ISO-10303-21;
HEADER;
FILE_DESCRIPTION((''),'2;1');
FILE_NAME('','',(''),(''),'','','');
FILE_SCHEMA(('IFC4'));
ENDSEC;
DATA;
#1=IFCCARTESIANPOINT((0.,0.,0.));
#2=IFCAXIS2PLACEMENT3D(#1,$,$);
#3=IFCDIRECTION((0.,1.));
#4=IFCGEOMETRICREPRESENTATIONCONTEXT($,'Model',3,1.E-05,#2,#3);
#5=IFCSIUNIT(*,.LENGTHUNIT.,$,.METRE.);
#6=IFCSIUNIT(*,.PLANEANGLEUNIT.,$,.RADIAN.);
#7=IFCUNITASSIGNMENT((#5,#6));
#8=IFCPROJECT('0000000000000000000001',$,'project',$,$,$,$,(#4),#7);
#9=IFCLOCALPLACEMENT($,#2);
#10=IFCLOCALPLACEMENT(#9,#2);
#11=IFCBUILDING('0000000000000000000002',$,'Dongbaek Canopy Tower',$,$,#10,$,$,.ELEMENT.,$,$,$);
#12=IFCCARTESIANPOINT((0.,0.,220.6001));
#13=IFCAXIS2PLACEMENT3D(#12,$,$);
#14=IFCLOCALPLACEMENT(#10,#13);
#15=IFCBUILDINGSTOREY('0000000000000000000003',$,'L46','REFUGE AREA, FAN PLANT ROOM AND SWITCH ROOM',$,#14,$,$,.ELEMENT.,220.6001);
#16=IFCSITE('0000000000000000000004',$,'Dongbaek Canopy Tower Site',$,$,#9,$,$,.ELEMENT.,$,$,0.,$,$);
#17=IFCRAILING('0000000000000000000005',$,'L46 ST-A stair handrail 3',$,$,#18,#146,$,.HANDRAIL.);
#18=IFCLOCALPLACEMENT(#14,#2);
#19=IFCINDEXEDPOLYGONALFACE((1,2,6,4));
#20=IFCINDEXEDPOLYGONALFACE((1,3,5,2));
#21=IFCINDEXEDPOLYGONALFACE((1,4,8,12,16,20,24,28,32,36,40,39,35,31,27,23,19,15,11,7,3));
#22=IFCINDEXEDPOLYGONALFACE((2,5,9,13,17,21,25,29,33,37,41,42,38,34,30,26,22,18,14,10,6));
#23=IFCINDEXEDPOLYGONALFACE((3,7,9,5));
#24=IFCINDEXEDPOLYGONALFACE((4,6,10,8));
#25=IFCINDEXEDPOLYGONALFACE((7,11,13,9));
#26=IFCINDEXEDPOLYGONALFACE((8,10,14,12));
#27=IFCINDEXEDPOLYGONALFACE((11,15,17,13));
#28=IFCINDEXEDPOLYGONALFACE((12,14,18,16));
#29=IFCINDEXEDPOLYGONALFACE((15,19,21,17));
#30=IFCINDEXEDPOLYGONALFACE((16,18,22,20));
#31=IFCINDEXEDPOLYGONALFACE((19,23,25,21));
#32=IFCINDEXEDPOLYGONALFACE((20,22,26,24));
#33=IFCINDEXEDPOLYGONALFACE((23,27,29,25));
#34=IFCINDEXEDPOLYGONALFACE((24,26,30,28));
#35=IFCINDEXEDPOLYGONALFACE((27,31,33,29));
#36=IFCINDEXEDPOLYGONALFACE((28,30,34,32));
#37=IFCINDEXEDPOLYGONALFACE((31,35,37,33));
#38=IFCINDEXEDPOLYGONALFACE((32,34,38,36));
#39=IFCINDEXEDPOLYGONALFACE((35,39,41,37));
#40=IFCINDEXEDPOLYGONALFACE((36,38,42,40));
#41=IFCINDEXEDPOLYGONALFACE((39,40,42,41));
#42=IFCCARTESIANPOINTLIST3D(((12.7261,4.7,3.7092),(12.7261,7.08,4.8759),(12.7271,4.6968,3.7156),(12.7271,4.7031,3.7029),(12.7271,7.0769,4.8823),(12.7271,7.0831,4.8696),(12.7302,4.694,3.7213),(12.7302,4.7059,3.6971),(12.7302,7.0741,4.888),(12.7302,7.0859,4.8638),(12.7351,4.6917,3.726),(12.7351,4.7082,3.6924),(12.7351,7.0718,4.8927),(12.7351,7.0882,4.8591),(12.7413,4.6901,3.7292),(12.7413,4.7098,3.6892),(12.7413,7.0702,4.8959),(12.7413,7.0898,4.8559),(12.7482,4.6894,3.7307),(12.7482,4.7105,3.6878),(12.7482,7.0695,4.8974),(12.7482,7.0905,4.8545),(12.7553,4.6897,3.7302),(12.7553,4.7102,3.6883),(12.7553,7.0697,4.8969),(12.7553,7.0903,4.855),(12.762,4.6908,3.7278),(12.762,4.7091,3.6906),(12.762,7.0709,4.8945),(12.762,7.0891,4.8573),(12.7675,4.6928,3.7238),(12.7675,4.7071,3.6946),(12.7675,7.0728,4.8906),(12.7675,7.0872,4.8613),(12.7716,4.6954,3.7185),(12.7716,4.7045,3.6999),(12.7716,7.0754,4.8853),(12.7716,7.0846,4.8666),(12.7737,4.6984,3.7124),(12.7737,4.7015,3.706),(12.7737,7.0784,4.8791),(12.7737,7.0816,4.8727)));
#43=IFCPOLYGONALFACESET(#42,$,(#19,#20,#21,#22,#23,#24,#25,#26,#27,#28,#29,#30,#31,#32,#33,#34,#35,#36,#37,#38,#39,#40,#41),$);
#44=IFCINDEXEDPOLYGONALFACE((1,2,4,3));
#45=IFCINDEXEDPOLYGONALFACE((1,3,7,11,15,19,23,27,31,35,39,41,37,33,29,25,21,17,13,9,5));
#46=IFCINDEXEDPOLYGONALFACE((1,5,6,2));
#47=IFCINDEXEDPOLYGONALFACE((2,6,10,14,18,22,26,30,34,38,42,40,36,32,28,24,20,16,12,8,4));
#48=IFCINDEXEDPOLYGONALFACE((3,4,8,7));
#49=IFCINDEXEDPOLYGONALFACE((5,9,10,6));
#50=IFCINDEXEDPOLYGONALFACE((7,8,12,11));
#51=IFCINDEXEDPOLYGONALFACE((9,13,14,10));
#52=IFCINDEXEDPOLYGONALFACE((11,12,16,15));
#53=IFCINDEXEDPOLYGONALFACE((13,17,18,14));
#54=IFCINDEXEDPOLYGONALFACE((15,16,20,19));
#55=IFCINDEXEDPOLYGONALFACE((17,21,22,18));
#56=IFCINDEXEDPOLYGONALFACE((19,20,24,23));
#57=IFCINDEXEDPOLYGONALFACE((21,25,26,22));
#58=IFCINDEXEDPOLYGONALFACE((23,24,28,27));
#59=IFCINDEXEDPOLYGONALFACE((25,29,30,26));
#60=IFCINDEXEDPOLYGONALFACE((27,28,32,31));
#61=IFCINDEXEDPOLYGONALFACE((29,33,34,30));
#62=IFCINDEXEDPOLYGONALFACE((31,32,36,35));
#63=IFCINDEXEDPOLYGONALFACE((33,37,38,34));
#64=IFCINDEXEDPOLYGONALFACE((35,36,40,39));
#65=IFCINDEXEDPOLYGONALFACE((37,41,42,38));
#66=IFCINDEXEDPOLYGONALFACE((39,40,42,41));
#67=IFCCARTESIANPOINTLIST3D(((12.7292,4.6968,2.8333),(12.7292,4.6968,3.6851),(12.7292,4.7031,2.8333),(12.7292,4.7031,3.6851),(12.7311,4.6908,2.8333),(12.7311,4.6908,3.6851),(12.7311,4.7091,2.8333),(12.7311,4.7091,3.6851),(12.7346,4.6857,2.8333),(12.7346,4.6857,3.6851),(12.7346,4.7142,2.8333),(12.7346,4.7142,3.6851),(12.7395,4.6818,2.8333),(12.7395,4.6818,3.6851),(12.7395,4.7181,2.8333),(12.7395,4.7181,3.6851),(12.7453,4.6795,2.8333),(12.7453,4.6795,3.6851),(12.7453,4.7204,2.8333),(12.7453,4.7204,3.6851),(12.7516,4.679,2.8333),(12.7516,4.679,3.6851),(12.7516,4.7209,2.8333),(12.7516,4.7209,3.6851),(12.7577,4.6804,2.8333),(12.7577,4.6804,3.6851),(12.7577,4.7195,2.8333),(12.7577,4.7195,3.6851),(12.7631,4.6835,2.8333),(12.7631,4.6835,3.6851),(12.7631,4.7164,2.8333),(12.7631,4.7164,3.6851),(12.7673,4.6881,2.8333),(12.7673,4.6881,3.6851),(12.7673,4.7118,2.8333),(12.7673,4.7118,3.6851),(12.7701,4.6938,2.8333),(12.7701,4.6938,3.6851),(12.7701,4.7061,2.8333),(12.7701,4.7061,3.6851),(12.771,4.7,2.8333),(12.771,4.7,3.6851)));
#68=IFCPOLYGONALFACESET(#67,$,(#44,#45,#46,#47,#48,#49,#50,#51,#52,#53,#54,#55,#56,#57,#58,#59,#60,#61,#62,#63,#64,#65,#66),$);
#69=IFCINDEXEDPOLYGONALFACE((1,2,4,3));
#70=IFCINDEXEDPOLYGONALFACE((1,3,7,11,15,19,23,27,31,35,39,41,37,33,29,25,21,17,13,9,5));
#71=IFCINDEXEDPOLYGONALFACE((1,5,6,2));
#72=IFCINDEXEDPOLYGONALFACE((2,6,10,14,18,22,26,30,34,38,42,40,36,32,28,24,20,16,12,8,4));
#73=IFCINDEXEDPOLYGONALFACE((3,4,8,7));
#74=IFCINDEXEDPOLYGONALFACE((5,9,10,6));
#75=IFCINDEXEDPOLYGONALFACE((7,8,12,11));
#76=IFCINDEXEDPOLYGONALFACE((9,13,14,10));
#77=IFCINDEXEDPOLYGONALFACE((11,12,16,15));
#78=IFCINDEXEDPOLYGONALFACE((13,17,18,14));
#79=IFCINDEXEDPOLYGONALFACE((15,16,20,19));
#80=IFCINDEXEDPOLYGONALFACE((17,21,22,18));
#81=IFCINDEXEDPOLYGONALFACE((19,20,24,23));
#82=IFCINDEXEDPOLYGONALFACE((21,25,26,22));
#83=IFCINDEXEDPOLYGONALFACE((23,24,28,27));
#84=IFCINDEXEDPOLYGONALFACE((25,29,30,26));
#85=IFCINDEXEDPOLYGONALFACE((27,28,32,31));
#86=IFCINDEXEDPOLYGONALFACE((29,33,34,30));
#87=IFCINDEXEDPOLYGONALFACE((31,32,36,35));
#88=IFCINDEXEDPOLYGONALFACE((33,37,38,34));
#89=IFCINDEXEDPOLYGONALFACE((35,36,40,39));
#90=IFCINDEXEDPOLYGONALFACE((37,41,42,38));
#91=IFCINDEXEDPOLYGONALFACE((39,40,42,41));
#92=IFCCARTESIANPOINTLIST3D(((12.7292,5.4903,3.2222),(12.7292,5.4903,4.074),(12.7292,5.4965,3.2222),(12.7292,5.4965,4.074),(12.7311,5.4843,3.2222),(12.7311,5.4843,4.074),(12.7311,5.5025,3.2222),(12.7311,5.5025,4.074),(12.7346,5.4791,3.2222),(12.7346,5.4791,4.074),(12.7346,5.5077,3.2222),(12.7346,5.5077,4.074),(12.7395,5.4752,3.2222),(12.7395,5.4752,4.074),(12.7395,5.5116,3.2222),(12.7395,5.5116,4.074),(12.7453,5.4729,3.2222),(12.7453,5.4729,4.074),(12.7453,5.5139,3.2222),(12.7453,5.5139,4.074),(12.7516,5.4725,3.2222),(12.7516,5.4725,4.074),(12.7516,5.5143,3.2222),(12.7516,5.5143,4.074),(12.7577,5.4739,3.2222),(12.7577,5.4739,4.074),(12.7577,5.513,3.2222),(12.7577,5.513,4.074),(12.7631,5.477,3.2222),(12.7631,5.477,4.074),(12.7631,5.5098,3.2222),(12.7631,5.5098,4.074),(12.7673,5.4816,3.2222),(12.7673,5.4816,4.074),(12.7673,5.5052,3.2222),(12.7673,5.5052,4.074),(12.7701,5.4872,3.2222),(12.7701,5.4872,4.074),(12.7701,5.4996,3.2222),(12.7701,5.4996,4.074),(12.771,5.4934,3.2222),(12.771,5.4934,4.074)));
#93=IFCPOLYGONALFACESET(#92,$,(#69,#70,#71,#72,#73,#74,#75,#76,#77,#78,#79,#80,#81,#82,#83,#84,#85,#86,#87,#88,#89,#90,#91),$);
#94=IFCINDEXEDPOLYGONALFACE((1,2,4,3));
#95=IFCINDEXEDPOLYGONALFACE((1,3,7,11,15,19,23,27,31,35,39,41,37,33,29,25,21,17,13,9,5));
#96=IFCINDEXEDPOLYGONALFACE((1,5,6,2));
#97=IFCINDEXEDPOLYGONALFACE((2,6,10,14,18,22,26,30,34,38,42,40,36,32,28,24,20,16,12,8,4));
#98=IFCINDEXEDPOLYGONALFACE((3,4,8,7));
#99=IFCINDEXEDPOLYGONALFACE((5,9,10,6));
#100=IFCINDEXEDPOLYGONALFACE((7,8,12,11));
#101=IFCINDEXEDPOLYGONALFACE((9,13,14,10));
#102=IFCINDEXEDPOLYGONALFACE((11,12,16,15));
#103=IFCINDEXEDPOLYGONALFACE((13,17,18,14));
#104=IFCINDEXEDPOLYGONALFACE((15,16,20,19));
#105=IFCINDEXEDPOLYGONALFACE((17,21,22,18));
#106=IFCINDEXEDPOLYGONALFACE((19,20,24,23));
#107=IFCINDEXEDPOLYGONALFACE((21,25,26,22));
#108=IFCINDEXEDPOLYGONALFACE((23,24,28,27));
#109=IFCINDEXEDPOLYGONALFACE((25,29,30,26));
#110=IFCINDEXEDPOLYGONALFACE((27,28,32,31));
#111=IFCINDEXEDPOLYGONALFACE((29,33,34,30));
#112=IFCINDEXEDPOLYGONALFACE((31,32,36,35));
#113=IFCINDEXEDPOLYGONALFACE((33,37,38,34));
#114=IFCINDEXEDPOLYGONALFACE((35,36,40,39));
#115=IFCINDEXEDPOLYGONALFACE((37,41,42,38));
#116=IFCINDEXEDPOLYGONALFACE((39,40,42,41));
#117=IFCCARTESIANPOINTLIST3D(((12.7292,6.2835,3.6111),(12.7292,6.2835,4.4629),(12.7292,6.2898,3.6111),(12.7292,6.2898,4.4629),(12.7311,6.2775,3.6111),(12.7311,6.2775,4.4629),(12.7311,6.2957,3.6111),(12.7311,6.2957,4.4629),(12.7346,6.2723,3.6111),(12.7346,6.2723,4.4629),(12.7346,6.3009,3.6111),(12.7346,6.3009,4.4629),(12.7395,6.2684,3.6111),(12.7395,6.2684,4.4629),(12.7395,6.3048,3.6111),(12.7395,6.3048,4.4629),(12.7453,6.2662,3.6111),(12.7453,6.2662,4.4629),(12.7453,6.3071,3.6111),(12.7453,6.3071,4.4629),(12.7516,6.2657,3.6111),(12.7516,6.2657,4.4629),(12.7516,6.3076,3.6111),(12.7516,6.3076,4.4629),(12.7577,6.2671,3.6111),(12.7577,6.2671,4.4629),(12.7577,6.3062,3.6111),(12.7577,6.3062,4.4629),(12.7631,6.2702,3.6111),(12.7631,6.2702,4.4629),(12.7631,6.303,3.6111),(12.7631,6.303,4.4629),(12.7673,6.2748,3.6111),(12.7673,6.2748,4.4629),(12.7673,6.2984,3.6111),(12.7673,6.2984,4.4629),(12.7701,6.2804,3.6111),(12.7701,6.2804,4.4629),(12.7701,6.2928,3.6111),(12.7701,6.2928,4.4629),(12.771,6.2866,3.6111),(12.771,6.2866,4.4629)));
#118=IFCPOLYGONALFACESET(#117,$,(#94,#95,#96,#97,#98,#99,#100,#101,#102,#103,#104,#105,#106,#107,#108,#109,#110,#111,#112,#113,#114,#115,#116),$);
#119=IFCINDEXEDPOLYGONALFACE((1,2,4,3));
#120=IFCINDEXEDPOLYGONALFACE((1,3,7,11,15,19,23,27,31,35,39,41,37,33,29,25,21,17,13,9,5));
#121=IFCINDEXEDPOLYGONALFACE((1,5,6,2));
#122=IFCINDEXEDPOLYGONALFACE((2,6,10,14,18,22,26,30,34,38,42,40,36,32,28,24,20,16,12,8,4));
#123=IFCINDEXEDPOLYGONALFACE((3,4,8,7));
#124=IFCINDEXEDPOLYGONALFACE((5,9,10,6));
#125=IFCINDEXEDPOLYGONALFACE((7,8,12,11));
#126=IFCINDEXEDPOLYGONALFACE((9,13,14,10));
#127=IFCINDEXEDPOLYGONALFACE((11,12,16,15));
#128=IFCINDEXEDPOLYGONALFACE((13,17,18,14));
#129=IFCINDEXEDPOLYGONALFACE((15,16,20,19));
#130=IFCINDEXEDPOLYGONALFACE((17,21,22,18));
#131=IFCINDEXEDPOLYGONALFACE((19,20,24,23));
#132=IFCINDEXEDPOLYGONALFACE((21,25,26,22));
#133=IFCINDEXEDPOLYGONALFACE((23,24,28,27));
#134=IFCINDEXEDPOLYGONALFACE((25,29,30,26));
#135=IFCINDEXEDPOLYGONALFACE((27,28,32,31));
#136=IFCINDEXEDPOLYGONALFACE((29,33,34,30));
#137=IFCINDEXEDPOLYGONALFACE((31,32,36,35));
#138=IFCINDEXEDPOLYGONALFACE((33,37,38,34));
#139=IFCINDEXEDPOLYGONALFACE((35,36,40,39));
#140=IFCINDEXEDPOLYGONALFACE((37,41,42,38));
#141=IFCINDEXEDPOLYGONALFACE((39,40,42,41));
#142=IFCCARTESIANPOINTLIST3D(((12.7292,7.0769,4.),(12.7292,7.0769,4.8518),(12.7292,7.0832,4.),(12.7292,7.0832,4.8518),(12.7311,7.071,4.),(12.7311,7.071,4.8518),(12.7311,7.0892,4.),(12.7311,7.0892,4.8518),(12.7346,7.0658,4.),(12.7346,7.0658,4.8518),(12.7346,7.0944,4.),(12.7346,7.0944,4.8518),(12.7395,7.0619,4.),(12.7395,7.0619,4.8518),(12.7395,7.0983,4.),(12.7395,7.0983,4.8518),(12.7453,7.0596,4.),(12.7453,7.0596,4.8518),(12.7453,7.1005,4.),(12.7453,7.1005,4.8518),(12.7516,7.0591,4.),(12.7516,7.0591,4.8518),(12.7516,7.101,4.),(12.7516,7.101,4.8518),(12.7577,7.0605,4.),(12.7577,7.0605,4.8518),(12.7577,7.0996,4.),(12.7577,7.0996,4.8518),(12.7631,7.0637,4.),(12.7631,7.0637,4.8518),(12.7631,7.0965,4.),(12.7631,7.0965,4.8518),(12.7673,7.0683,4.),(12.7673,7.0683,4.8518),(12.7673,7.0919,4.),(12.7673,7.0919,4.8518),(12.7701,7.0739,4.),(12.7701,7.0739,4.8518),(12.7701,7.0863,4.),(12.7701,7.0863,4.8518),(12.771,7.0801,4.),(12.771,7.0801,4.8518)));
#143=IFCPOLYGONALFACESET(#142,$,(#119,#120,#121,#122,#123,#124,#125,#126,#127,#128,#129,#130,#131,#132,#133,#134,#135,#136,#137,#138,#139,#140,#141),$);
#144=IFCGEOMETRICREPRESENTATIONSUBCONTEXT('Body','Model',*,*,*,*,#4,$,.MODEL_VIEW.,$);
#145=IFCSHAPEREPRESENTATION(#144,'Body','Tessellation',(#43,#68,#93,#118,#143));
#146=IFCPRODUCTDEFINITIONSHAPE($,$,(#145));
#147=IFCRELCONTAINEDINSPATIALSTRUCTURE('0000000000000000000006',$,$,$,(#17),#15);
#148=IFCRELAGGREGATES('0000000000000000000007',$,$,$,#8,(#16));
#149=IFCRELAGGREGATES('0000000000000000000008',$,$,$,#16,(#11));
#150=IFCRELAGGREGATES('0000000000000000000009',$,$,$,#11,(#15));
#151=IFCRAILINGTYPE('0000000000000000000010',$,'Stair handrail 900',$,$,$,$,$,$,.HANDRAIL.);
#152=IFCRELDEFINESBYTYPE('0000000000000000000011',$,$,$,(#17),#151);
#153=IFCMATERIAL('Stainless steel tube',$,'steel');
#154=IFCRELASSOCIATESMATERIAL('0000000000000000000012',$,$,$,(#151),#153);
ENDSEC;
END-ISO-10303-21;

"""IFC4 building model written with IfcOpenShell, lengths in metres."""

from ifc_helpers import new_model, si_unit, direction, frame, origin, origin_2d, place, context, subcontext, project, spatial, circle, extrude, material, type_object, element, save


model = new_model("IFC4")

# Units and contexts
model_context = context("Model", 3, precision=1e-05, world=origin(), true_north=direction((0.0, 1.0)))
body_context = subcontext(model_context, "Body", "Model", "MODEL_VIEW")
ifc_project = project(units=[si_unit("LENGTHUNIT", "METRE"), si_unit("PLANEANGLEUNIT", "RADIAN")], contexts=[model_context])

# Site, building, storey
site_placement = place(None, origin())
site = spatial("IfcSite", under=ifc_project, at=site_placement, Name="Dongbaek Canopy Tower Site", CompositionType="ELEMENT", RefElevation=0.0)
building_placement = place(site_placement, origin())
building = spatial("IfcBuilding", under=site, at=building_placement, Name="Dongbaek Canopy Tower", CompositionType="ELEMENT")
storey_placement = place(building_placement, frame((0.0, 0.0, 220.6001)))
storey = spatial("IfcBuildingStorey", under=building, at=storey_placement, Name="L46", Description="REFUGE AREA, FAN PLANT ROOM AND SWITCH ROOM", CompositionType="ELEMENT", Elevation=220.6001)

# Railing
ifc_material_1 = material(Name="Stainless steel tube", Category="steel")
railing_type_1 = type_object("IfcRailingType", Name="Stair handrail 900", PredefinedType="HANDRAIL", material=ifc_material_1)
for number, where, name in (
    (1, (12.75, 4.7, 2.8333), "L46 ST-A stair handrail 3"),
):
    element("IfcRailing", number, at=place(storey_placement, frame(where)), inside=storey, type_object=railing_type_1, Name=name, PredefinedType="HANDRAIL", context=body_context, shape_type="SweptSolid", body=[
        extrude(circle(Radius=0.0239, at=origin_2d()), frame((0.0, 0.0, 0.876), z_axis=(0.0, 0.897918, 0.440163), x_axis=(-1.0, 0.0, 0.0)), (0.0, 0.0, 1.0), 2.6506),
        extrude(circle(Radius=0.021, at=origin_2d()), origin(), (0.0, 0.0, 1.0), 0.8518),
        extrude(circle(Radius=0.021, at=origin_2d()), frame((0.0, 0.7935, 0.3889)), (0.0, 0.0, 1.0), 0.8518),
        extrude(circle(Radius=0.021, at=origin_2d()), frame((0.0, 1.5867, 0.7778)), (0.0, 0.0, 1.0), 0.8518),
        extrude(circle(Radius=0.021, at=origin_2d()), frame((0.0, 2.3801, 1.1667)), (0.0, 0.0, 1.0), 0.8518),
    ])

save(model, "model.ifc")
